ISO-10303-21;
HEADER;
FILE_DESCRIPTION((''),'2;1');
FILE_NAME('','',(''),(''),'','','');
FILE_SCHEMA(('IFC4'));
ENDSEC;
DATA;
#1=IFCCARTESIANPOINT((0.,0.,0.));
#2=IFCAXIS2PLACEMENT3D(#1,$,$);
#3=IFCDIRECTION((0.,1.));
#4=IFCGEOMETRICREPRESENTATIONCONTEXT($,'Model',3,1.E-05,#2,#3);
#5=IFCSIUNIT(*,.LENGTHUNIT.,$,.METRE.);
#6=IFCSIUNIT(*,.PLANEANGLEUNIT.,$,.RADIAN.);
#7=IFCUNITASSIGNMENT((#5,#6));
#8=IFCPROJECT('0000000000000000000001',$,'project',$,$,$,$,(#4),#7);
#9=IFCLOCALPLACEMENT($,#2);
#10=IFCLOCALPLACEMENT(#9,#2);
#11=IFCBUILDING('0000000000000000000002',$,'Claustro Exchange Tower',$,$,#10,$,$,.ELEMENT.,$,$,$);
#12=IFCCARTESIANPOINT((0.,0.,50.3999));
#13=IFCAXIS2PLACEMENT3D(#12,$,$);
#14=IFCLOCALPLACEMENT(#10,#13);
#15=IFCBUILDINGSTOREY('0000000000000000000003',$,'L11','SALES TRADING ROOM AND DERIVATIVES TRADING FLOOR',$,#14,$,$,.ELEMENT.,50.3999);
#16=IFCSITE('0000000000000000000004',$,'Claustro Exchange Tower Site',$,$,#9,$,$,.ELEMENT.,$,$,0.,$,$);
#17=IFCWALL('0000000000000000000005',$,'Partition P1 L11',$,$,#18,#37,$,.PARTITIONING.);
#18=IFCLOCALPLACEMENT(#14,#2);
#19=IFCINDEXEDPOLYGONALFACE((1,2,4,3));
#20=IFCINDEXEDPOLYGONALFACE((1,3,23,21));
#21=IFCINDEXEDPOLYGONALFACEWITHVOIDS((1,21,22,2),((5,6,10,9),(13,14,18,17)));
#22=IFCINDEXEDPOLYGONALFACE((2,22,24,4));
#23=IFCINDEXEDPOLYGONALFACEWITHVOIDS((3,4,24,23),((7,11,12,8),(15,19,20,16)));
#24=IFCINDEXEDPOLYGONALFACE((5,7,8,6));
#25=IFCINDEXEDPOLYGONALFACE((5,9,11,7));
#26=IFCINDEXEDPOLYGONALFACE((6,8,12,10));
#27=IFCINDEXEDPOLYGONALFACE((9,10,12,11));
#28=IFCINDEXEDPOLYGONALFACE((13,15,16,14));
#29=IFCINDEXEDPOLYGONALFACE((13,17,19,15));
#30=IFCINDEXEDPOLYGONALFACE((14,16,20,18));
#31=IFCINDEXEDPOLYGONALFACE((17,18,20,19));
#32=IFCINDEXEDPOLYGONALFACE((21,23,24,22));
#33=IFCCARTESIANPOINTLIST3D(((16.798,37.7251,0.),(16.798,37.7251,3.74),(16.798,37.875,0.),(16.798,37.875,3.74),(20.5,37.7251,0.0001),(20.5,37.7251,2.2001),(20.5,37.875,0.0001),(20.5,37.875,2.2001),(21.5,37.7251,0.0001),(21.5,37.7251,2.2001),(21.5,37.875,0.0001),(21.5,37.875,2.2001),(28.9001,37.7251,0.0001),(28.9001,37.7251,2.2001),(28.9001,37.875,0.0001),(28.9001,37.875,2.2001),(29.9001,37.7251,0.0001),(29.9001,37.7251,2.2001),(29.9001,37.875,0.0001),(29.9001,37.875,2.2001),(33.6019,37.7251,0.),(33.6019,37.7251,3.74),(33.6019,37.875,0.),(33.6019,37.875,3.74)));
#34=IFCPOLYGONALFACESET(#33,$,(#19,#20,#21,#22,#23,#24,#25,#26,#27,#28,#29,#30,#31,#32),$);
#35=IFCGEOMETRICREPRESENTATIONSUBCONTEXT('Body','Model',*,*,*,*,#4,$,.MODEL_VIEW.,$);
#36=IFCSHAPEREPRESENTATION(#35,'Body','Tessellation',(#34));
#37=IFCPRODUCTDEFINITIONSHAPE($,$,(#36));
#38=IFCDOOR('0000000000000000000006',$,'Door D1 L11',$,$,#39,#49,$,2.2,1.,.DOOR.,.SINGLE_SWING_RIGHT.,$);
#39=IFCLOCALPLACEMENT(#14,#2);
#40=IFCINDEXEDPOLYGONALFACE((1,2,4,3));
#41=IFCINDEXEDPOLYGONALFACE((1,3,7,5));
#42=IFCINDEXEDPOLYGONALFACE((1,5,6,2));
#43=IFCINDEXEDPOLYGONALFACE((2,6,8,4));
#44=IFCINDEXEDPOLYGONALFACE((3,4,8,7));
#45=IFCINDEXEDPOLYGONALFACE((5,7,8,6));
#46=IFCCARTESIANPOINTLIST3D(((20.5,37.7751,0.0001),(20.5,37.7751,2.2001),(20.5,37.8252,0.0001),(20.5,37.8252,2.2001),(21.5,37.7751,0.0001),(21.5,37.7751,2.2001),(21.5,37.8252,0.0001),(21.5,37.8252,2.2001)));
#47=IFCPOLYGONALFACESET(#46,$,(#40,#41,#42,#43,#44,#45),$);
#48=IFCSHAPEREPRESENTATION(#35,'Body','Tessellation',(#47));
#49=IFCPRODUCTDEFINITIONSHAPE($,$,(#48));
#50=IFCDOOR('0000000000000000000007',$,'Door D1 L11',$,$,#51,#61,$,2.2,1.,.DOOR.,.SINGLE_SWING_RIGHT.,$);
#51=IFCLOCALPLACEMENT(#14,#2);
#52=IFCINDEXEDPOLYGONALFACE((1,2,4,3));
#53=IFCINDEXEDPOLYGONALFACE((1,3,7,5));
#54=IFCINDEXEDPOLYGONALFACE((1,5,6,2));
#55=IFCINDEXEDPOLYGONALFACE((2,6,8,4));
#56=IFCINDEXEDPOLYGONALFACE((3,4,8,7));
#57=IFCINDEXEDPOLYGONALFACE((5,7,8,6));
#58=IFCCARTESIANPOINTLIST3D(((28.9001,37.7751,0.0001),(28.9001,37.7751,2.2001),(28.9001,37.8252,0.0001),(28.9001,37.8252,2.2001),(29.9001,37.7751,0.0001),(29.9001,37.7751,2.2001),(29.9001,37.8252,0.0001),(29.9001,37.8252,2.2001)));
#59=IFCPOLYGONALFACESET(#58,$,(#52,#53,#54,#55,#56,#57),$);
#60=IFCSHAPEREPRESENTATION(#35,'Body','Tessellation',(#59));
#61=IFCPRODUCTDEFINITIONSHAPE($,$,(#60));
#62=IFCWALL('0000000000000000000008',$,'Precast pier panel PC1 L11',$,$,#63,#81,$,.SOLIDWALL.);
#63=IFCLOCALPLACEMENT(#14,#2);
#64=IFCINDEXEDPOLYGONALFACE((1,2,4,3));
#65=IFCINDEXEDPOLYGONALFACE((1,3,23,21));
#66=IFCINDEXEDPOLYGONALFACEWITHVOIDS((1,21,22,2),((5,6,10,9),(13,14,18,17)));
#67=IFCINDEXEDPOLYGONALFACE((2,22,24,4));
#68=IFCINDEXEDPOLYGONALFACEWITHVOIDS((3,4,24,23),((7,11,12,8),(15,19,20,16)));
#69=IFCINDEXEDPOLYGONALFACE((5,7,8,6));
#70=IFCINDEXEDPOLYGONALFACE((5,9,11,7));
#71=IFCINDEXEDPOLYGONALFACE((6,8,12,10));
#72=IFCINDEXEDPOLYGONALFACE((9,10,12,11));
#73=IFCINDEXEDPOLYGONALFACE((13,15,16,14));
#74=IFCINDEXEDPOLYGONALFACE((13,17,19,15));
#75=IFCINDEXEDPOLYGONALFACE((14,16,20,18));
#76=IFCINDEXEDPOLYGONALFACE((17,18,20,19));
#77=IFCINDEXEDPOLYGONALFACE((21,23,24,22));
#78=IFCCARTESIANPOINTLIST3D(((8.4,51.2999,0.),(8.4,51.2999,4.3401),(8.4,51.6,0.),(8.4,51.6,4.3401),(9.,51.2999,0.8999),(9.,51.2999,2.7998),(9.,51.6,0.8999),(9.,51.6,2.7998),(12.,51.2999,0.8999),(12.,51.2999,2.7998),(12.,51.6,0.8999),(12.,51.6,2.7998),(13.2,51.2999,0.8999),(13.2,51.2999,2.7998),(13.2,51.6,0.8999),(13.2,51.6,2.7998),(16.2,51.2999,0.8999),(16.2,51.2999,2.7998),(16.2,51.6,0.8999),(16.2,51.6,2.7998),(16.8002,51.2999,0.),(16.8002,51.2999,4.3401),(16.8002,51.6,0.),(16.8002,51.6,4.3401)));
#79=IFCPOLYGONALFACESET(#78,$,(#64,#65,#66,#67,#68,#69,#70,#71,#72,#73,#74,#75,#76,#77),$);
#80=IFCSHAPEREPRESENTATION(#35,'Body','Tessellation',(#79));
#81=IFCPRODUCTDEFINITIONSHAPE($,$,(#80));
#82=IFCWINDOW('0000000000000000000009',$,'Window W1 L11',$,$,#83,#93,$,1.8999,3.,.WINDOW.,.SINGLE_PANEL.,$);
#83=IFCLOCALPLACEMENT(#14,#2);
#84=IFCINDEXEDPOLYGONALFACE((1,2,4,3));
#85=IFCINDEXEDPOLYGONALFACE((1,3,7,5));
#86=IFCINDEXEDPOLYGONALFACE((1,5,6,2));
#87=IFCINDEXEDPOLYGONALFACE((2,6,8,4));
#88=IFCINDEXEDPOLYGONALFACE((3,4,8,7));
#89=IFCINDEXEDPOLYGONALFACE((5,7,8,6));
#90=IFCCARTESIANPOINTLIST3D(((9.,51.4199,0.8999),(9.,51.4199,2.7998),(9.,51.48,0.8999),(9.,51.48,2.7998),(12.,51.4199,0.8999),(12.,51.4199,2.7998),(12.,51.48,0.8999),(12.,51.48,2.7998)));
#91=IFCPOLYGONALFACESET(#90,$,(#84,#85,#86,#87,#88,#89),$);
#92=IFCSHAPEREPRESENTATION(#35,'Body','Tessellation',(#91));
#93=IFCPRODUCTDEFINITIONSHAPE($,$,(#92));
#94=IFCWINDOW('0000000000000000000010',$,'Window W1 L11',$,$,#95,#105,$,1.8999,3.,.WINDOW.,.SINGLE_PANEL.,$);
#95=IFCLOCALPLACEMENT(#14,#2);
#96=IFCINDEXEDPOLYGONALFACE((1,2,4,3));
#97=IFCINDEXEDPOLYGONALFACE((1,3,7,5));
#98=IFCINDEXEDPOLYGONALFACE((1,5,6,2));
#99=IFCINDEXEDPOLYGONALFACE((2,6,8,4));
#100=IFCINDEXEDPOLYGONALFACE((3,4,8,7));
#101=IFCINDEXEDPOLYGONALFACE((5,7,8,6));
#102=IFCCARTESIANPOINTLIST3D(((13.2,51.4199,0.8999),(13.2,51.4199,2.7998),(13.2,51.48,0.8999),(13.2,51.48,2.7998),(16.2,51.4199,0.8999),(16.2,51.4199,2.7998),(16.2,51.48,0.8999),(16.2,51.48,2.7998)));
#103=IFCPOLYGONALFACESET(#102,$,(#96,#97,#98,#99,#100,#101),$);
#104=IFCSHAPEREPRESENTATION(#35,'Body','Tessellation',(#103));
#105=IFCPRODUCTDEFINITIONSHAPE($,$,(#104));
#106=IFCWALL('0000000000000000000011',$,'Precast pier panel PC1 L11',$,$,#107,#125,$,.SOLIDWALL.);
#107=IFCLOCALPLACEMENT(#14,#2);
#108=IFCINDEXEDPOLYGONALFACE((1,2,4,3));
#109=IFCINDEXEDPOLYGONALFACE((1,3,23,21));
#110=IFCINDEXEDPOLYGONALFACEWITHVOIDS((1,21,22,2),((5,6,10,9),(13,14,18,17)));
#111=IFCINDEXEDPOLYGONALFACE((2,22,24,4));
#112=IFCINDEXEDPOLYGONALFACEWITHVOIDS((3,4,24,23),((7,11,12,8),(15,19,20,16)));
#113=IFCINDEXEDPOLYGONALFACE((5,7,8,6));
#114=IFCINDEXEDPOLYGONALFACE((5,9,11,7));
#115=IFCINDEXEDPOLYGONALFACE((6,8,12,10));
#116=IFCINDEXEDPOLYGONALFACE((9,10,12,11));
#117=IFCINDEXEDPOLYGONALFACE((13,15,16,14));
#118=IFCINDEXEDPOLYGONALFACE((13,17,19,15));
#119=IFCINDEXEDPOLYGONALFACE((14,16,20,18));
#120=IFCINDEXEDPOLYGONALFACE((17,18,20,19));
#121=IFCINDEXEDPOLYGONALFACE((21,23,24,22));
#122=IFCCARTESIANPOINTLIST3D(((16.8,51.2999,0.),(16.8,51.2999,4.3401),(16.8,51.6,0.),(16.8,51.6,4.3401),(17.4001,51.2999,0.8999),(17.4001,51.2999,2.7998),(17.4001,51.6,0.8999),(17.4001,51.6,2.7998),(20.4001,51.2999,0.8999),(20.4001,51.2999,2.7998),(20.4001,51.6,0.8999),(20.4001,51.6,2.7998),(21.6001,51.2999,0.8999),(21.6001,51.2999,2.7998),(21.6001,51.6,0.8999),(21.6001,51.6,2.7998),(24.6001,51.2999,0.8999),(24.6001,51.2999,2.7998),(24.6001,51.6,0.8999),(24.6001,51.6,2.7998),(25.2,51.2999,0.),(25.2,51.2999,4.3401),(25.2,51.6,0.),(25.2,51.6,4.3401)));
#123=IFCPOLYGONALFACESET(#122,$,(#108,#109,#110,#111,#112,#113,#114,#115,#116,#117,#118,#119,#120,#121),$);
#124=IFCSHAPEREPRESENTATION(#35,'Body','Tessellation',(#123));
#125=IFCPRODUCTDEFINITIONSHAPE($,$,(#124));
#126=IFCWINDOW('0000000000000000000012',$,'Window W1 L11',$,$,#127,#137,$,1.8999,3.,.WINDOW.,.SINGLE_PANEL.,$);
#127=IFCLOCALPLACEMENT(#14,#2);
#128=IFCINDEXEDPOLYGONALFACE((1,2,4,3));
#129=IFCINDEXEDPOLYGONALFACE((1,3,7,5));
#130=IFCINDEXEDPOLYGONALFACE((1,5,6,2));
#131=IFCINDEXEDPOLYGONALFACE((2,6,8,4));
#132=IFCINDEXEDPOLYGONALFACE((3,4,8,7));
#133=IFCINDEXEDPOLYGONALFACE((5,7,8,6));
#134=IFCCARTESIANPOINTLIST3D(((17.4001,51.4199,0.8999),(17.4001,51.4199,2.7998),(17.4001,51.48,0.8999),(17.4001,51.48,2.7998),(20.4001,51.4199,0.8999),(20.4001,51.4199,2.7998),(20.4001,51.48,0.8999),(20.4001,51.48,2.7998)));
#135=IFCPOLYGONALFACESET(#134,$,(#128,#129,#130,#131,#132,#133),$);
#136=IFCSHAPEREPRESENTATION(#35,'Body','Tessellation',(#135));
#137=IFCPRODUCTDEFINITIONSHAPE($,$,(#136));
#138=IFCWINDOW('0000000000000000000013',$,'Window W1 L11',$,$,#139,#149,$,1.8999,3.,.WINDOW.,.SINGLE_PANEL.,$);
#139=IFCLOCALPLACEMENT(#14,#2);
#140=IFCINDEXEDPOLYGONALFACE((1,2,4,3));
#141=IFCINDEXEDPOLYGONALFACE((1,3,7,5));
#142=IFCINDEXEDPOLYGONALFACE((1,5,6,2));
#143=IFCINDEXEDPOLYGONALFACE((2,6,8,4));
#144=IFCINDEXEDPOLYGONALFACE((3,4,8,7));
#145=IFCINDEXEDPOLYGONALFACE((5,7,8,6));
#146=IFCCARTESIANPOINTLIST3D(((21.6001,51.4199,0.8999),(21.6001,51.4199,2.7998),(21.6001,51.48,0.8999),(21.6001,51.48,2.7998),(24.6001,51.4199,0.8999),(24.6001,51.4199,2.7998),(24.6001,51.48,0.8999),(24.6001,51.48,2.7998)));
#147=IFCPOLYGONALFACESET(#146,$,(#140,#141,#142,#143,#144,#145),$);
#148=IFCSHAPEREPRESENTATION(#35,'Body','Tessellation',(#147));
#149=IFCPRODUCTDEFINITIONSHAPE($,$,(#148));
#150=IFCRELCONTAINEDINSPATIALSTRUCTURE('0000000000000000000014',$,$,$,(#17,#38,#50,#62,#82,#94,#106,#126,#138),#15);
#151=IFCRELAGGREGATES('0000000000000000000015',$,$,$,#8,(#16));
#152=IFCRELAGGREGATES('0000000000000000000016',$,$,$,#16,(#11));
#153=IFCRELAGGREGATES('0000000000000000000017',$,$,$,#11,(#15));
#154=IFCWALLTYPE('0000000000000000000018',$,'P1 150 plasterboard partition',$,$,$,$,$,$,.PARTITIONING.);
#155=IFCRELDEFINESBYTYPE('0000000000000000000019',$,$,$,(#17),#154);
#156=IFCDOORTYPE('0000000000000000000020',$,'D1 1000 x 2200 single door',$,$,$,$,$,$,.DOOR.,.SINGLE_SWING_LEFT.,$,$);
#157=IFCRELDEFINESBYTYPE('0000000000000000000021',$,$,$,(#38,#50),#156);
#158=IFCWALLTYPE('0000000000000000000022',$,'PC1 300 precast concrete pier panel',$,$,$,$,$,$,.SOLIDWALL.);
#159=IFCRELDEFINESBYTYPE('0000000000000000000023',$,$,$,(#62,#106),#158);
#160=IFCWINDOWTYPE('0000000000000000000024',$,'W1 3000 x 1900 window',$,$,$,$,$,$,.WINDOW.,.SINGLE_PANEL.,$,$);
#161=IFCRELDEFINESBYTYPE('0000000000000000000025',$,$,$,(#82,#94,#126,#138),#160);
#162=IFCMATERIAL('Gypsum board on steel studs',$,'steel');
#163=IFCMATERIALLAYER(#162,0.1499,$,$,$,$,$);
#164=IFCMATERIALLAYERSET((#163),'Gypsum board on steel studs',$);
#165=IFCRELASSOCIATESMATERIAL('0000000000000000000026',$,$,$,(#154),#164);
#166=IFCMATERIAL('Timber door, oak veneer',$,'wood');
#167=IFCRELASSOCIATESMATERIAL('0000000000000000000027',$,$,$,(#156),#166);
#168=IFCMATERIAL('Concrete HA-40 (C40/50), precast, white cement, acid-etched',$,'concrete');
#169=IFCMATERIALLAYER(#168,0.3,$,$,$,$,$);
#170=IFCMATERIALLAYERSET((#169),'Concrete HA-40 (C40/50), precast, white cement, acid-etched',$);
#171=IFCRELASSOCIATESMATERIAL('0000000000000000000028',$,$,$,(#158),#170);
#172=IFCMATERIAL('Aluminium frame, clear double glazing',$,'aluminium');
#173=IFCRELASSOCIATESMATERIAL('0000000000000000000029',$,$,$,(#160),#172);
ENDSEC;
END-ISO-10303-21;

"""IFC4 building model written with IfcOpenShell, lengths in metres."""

from ifc_helpers import new_model, si_unit, direction, frame, frame_2d, origin, place, context, subcontext, project, spatial, rectangle, extrude, material, layer, layer_set, type_object, element, fill, save


model = new_model("IFC4")

# Units and contexts
model_context = context("Model", 3, precision=1e-05, world=origin(), true_north=direction((0.0, 1.0)))
body_context = subcontext(model_context, "Body", "Model", "MODEL_VIEW")
ifc_project = project(units=[si_unit("LENGTHUNIT", "METRE"), si_unit("PLANEANGLEUNIT", "RADIAN")], contexts=[model_context])

# Site, building, storey
site_placement = place(None, origin())
site = spatial("IfcSite", under=ifc_project, at=site_placement, Name="Claustro Exchange Tower Site", CompositionType="ELEMENT", RefElevation=0.0)
building_placement = place(site_placement, origin())
building = spatial("IfcBuilding", under=site, at=building_placement, Name="Claustro Exchange Tower", CompositionType="ELEMENT")
storey_placement = place(building_placement, frame((0.0, 0.0, 50.3999)))
storey = spatial("IfcBuildingStorey", under=building, at=storey_placement, Name="L11", Description="SALES TRADING ROOM AND DERIVATIVES TRADING FLOOR", CompositionType="ELEMENT", Elevation=50.3999)

# Shared definitions
ifc_material_1 = material(Name="Gypsum board on steel studs", Category="steel")
ifc_layer_1 = layer(ifc_material_1, 0.1499)
ifc_layer_set_1 = layer_set([ifc_layer_1], Name="Gypsum board on steel studs")
wall_type_1 = type_object("IfcWallType", Name="P1 150 plasterboard partition", PredefinedType="PARTITIONING", material=ifc_layer_set_1)
ifc_material_2 = material(Name="Timber door, oak veneer", Category="wood")
door_type = type_object("IfcDoorType", Name="D1 1000 x 2200 single door", OperationType="SINGLE_SWING_LEFT", PredefinedType="DOOR", material=ifc_material_2)

# Wall, openings, doors
wall_1_placement = place(storey_placement, frame((16.7981, 37.8, 0.0), z_axis=(0.0, 0.0, 1.0), x_axis=(1.0, 0.0, 0.0)))
wall_1 = element("IfcWall", 1, at=wall_1_placement, inside=storey, type_object=wall_type_1, Name="Partition P1 L11", PredefinedType="PARTITIONING", context=body_context, shape_type="SweptSolid", body=[
    extrude(rectangle(XDim=16.804, YDim=0.1499, at=frame_2d((8.4019, 0.0))), origin(), (0.0, 0.0, 1.0), 3.74),
])
opening_1_placement = place(wall_1_placement, frame((3.7019, 0.0, 0.0)))
opening_1 = element("IfcOpeningElement", 2, at=opening_1_placement, cuts=wall_1, PredefinedType="OPENING", context=body_context, shape_type="SweptSolid", body=[
    extrude(rectangle(XDim=1.0, YDim=2.2, at=frame_2d((0.5, 1.1001))), frame((0.0, 0.085, 0.0), z_axis=(0.0, -1.0, 0.0), x_axis=(1.0, 0.0, 0.0)), (0.0, 0.0, 1.0), 0.1699),
])
opening_2_placement = place(wall_1_placement, frame((12.1021, 0.0, 0.0)))
opening_2 = element("IfcOpeningElement", 3, at=opening_2_placement, cuts=wall_1, PredefinedType="OPENING", context=body_context, shape_type="SweptSolid", body=[
    extrude(rectangle(XDim=1.0, YDim=2.2, at=frame_2d((0.5, 1.1001))), frame((0.0, 0.085, 0.0), z_axis=(0.0, -1.0, 0.0), x_axis=(1.0, 0.0, 0.0)), (0.0, 0.0, 1.0), 0.1699),
])
door_1_placement = place(opening_1_placement, frame((1.0, 0.0, 0.0), z_axis=(0.0, 0.0, 1.0), x_axis=(-1.0, 0.0, 0.0)))
door_1 = element("IfcDoor", 4, at=door_1_placement, inside=storey, type_object=door_type, Name="Door D1 L11", OperationType="SINGLE_SWING_RIGHT", OverallHeight=2.2, OverallWidth=1.0, PredefinedType="DOOR", context=body_context, shape_type="SweptSolid", body=[
    extrude(rectangle(XDim=1.0, YDim=2.2, at=frame_2d((0.5, 1.1001))), frame((0.0, 0.0249, 0.0), z_axis=(0.0, -1.0, 0.0), x_axis=(1.0, 0.0, 0.0)), (0.0, 0.0, 1.0), 0.05),
])
fill(opening_1, door_1)
door_2_placement = place(opening_2_placement, frame((1.0, 0.0, 0.0), z_axis=(0.0, 0.0, 1.0), x_axis=(-1.0, 0.0, 0.0)))
door_2 = element("IfcDoor", 5, at=door_2_placement, inside=storey, type_object=door_type, Name="Door D1 L11", OperationType="SINGLE_SWING_RIGHT", OverallHeight=2.2, OverallWidth=1.0, PredefinedType="DOOR", context=body_context, shape_type="SweptSolid", body=[
    extrude(rectangle(XDim=1.0, YDim=2.2, at=frame_2d((0.5, 1.1001))), frame((0.0, 0.0249, 0.0), z_axis=(0.0, -1.0, 0.0), x_axis=(1.0, 0.0, 0.0)), (0.0, 0.0, 1.0), 0.05),
])
fill(opening_2, door_2)

# Walls, openings, windows
ifc_material_3 = material(Name="Concrete HA-40 (C40/50), precast, white cement, acid-etched", Category="concrete")
ifc_layer_2 = layer(ifc_material_3, 0.3)
ifc_layer_set_2 = layer_set([ifc_layer_2], Name="Concrete HA-40 (C40/50), precast, white cement, acid-etched")
wall_type_2 = type_object("IfcWallType", Name="PC1 300 precast concrete pier panel", PredefinedType="SOLIDWALL", material=ifc_layer_set_2)
wall_2_placement = place(storey_placement, frame((8.3999, 51.45, 0.0), z_axis=(0.0, 0.0, 1.0), x_axis=(1.0, 0.0, 0.0)))
wall_2 = element("IfcWall", 6, at=wall_2_placement, inside=storey, type_object=wall_type_2, Name="Precast pier panel PC1 L11", PredefinedType="SOLIDWALL", context=body_context, shape_type="SweptSolid", body=[
    extrude(rectangle(XDim=8.4001, YDim=0.3, at=frame_2d((4.2002, 0.0))), origin(), (0.0, 0.0, 1.0), 4.3401),
])
opening_3_placement = place(wall_2_placement, frame((0.6001, 0.0, 0.8999)))
opening_3 = element("IfcOpeningElement", 7, at=opening_3_placement, cuts=wall_2, PredefinedType="OPENING", context=body_context, shape_type="SweptSolid", body=[
    extrude(rectangle(XDim=3.0, YDim=1.8999, at=frame_2d((1.5, 0.95))), frame((0.0, 0.1599, 0.0), z_axis=(0.0, -1.0, 0.0), x_axis=(1.0, 0.0, 0.0)), (0.0, 0.0, 1.0), 0.3201),
])
opening_4_placement = place(wall_2_placement, frame((4.8, 0.0, 0.8999)))
opening_4 = element("IfcOpeningElement", 8, at=opening_4_placement, cuts=wall_2, PredefinedType="OPENING", context=body_context, shape_type="SweptSolid", body=[
    extrude(rectangle(XDim=3.0, YDim=1.8999, at=frame_2d((1.5, 0.95))), frame((0.0, 0.1599, 0.0), z_axis=(0.0, -1.0, 0.0), x_axis=(1.0, 0.0, 0.0)), (0.0, 0.0, 1.0), 0.3201),
])
ifc_material_4 = material(Name="Aluminium frame, clear double glazing", Category="aluminium")
window_type = type_object("IfcWindowType", Name="W1 3000 x 1900 window", PartitioningType="SINGLE_PANEL", PredefinedType="WINDOW", material=ifc_material_4)
window_1_placement = place(opening_3_placement, origin())
window_1 = element("IfcWindow", 9, at=window_1_placement, inside=storey, type_object=window_type, Name="Window W1 L11", OverallHeight=1.8999, OverallWidth=3.0, PartitioningType="SINGLE_PANEL", PredefinedType="WINDOW", context=body_context, shape_type="SweptSolid", body=[
    extrude(rectangle(XDim=3.0, YDim=1.8999, at=frame_2d((1.5, 0.95))), frame((0.0, 0.03, 0.0), z_axis=(0.0, -1.0, 0.0), x_axis=(1.0, 0.0, 0.0)), (0.0, 0.0, 1.0), 0.0601),
])
fill(opening_3, window_1)
window_2_placement = place(opening_4_placement, origin())
window_2 = element("IfcWindow", 10, at=window_2_placement, inside=storey, type_object=window_type, Name="Window W1 L11", OverallHeight=1.8999, OverallWidth=3.0, PartitioningType="SINGLE_PANEL", PredefinedType="WINDOW", context=body_context, shape_type="SweptSolid", body=[
    extrude(rectangle(XDim=3.0, YDim=1.8999, at=frame_2d((1.5, 0.95))), frame((0.0, 0.03, 0.0), z_axis=(0.0, -1.0, 0.0), x_axis=(1.0, 0.0, 0.0)), (0.0, 0.0, 1.0), 0.0601),
])
fill(opening_4, window_2)
wall_3_placement = place(storey_placement, frame((16.8, 51.45, 0.0), z_axis=(0.0, 0.0, 1.0), x_axis=(1.0, 0.0, 0.0)))
wall_3 = element("IfcWall", 11, at=wall_3_placement, inside=storey, type_object=wall_type_2, Name="Precast pier panel PC1 L11", PredefinedType="SOLIDWALL", context=body_context, shape_type="SweptSolid", body=[
    extrude(rectangle(XDim=8.3999, YDim=0.3, at=frame_2d((4.2, 0.0))), origin(), (0.0, 0.0, 1.0), 4.3401),
])
opening_5_placement = place(wall_3_placement, frame((0.6001, 0.0, 0.8999)))
opening_5 = element("IfcOpeningElement", 12, at=opening_5_placement, cuts=wall_3, PredefinedType="OPENING", context=body_context, shape_type="SweptSolid", body=[
    extrude(rectangle(XDim=3.0, YDim=1.8999, at=frame_2d((1.5, 0.95))), frame((0.0, 0.1599, 0.0), z_axis=(0.0, -1.0, 0.0), x_axis=(1.0, 0.0, 0.0)), (0.0, 0.0, 1.0), 0.3201),
])
opening_6_placement = place(wall_3_placement, frame((4.8, 0.0, 0.8999)))
opening_6 = element("IfcOpeningElement", 13, at=opening_6_placement, cuts=wall_3, PredefinedType="OPENING", context=body_context, shape_type="SweptSolid", body=[
    extrude(rectangle(XDim=3.0, YDim=1.8999, at=frame_2d((1.5, 0.95))), frame((0.0, 0.1599, 0.0), z_axis=(0.0, -1.0, 0.0), x_axis=(1.0, 0.0, 0.0)), (0.0, 0.0, 1.0), 0.3201),
])
window_3_placement = place(opening_5_placement, origin())
window_3 = element("IfcWindow", 14, at=window_3_placement, inside=storey, type_object=window_type, Name="Window W1 L11", OverallHeight=1.8999, OverallWidth=3.0, PartitioningType="SINGLE_PANEL", PredefinedType="WINDOW", context=body_context, shape_type="SweptSolid", body=[
    extrude(rectangle(XDim=3.0, YDim=1.8999, at=frame_2d((1.5, 0.95))), frame((0.0, 0.03, 0.0), z_axis=(0.0, -1.0, 0.0), x_axis=(1.0, 0.0, 0.0)), (0.0, 0.0, 1.0), 0.0601),
])
fill(opening_5, window_3)
window_4_placement = place(opening_6_placement, origin())
window_4 = element("IfcWindow", 15, at=window_4_placement, inside=storey, type_object=window_type, Name="Window W1 L11", OverallHeight=1.8999, OverallWidth=3.0, PartitioningType="SINGLE_PANEL", PredefinedType="WINDOW", context=body_context, shape_type="SweptSolid", body=[
    extrude(rectangle(XDim=3.0, YDim=1.8999, at=frame_2d((1.5, 0.95))), frame((0.0, 0.03, 0.0), z_axis=(0.0, -1.0, 0.0), x_axis=(1.0, 0.0, 0.0)), (0.0, 0.0, 1.0), 0.0601),
])
fill(opening_6, window_4)

save(model, "model.ifc")
